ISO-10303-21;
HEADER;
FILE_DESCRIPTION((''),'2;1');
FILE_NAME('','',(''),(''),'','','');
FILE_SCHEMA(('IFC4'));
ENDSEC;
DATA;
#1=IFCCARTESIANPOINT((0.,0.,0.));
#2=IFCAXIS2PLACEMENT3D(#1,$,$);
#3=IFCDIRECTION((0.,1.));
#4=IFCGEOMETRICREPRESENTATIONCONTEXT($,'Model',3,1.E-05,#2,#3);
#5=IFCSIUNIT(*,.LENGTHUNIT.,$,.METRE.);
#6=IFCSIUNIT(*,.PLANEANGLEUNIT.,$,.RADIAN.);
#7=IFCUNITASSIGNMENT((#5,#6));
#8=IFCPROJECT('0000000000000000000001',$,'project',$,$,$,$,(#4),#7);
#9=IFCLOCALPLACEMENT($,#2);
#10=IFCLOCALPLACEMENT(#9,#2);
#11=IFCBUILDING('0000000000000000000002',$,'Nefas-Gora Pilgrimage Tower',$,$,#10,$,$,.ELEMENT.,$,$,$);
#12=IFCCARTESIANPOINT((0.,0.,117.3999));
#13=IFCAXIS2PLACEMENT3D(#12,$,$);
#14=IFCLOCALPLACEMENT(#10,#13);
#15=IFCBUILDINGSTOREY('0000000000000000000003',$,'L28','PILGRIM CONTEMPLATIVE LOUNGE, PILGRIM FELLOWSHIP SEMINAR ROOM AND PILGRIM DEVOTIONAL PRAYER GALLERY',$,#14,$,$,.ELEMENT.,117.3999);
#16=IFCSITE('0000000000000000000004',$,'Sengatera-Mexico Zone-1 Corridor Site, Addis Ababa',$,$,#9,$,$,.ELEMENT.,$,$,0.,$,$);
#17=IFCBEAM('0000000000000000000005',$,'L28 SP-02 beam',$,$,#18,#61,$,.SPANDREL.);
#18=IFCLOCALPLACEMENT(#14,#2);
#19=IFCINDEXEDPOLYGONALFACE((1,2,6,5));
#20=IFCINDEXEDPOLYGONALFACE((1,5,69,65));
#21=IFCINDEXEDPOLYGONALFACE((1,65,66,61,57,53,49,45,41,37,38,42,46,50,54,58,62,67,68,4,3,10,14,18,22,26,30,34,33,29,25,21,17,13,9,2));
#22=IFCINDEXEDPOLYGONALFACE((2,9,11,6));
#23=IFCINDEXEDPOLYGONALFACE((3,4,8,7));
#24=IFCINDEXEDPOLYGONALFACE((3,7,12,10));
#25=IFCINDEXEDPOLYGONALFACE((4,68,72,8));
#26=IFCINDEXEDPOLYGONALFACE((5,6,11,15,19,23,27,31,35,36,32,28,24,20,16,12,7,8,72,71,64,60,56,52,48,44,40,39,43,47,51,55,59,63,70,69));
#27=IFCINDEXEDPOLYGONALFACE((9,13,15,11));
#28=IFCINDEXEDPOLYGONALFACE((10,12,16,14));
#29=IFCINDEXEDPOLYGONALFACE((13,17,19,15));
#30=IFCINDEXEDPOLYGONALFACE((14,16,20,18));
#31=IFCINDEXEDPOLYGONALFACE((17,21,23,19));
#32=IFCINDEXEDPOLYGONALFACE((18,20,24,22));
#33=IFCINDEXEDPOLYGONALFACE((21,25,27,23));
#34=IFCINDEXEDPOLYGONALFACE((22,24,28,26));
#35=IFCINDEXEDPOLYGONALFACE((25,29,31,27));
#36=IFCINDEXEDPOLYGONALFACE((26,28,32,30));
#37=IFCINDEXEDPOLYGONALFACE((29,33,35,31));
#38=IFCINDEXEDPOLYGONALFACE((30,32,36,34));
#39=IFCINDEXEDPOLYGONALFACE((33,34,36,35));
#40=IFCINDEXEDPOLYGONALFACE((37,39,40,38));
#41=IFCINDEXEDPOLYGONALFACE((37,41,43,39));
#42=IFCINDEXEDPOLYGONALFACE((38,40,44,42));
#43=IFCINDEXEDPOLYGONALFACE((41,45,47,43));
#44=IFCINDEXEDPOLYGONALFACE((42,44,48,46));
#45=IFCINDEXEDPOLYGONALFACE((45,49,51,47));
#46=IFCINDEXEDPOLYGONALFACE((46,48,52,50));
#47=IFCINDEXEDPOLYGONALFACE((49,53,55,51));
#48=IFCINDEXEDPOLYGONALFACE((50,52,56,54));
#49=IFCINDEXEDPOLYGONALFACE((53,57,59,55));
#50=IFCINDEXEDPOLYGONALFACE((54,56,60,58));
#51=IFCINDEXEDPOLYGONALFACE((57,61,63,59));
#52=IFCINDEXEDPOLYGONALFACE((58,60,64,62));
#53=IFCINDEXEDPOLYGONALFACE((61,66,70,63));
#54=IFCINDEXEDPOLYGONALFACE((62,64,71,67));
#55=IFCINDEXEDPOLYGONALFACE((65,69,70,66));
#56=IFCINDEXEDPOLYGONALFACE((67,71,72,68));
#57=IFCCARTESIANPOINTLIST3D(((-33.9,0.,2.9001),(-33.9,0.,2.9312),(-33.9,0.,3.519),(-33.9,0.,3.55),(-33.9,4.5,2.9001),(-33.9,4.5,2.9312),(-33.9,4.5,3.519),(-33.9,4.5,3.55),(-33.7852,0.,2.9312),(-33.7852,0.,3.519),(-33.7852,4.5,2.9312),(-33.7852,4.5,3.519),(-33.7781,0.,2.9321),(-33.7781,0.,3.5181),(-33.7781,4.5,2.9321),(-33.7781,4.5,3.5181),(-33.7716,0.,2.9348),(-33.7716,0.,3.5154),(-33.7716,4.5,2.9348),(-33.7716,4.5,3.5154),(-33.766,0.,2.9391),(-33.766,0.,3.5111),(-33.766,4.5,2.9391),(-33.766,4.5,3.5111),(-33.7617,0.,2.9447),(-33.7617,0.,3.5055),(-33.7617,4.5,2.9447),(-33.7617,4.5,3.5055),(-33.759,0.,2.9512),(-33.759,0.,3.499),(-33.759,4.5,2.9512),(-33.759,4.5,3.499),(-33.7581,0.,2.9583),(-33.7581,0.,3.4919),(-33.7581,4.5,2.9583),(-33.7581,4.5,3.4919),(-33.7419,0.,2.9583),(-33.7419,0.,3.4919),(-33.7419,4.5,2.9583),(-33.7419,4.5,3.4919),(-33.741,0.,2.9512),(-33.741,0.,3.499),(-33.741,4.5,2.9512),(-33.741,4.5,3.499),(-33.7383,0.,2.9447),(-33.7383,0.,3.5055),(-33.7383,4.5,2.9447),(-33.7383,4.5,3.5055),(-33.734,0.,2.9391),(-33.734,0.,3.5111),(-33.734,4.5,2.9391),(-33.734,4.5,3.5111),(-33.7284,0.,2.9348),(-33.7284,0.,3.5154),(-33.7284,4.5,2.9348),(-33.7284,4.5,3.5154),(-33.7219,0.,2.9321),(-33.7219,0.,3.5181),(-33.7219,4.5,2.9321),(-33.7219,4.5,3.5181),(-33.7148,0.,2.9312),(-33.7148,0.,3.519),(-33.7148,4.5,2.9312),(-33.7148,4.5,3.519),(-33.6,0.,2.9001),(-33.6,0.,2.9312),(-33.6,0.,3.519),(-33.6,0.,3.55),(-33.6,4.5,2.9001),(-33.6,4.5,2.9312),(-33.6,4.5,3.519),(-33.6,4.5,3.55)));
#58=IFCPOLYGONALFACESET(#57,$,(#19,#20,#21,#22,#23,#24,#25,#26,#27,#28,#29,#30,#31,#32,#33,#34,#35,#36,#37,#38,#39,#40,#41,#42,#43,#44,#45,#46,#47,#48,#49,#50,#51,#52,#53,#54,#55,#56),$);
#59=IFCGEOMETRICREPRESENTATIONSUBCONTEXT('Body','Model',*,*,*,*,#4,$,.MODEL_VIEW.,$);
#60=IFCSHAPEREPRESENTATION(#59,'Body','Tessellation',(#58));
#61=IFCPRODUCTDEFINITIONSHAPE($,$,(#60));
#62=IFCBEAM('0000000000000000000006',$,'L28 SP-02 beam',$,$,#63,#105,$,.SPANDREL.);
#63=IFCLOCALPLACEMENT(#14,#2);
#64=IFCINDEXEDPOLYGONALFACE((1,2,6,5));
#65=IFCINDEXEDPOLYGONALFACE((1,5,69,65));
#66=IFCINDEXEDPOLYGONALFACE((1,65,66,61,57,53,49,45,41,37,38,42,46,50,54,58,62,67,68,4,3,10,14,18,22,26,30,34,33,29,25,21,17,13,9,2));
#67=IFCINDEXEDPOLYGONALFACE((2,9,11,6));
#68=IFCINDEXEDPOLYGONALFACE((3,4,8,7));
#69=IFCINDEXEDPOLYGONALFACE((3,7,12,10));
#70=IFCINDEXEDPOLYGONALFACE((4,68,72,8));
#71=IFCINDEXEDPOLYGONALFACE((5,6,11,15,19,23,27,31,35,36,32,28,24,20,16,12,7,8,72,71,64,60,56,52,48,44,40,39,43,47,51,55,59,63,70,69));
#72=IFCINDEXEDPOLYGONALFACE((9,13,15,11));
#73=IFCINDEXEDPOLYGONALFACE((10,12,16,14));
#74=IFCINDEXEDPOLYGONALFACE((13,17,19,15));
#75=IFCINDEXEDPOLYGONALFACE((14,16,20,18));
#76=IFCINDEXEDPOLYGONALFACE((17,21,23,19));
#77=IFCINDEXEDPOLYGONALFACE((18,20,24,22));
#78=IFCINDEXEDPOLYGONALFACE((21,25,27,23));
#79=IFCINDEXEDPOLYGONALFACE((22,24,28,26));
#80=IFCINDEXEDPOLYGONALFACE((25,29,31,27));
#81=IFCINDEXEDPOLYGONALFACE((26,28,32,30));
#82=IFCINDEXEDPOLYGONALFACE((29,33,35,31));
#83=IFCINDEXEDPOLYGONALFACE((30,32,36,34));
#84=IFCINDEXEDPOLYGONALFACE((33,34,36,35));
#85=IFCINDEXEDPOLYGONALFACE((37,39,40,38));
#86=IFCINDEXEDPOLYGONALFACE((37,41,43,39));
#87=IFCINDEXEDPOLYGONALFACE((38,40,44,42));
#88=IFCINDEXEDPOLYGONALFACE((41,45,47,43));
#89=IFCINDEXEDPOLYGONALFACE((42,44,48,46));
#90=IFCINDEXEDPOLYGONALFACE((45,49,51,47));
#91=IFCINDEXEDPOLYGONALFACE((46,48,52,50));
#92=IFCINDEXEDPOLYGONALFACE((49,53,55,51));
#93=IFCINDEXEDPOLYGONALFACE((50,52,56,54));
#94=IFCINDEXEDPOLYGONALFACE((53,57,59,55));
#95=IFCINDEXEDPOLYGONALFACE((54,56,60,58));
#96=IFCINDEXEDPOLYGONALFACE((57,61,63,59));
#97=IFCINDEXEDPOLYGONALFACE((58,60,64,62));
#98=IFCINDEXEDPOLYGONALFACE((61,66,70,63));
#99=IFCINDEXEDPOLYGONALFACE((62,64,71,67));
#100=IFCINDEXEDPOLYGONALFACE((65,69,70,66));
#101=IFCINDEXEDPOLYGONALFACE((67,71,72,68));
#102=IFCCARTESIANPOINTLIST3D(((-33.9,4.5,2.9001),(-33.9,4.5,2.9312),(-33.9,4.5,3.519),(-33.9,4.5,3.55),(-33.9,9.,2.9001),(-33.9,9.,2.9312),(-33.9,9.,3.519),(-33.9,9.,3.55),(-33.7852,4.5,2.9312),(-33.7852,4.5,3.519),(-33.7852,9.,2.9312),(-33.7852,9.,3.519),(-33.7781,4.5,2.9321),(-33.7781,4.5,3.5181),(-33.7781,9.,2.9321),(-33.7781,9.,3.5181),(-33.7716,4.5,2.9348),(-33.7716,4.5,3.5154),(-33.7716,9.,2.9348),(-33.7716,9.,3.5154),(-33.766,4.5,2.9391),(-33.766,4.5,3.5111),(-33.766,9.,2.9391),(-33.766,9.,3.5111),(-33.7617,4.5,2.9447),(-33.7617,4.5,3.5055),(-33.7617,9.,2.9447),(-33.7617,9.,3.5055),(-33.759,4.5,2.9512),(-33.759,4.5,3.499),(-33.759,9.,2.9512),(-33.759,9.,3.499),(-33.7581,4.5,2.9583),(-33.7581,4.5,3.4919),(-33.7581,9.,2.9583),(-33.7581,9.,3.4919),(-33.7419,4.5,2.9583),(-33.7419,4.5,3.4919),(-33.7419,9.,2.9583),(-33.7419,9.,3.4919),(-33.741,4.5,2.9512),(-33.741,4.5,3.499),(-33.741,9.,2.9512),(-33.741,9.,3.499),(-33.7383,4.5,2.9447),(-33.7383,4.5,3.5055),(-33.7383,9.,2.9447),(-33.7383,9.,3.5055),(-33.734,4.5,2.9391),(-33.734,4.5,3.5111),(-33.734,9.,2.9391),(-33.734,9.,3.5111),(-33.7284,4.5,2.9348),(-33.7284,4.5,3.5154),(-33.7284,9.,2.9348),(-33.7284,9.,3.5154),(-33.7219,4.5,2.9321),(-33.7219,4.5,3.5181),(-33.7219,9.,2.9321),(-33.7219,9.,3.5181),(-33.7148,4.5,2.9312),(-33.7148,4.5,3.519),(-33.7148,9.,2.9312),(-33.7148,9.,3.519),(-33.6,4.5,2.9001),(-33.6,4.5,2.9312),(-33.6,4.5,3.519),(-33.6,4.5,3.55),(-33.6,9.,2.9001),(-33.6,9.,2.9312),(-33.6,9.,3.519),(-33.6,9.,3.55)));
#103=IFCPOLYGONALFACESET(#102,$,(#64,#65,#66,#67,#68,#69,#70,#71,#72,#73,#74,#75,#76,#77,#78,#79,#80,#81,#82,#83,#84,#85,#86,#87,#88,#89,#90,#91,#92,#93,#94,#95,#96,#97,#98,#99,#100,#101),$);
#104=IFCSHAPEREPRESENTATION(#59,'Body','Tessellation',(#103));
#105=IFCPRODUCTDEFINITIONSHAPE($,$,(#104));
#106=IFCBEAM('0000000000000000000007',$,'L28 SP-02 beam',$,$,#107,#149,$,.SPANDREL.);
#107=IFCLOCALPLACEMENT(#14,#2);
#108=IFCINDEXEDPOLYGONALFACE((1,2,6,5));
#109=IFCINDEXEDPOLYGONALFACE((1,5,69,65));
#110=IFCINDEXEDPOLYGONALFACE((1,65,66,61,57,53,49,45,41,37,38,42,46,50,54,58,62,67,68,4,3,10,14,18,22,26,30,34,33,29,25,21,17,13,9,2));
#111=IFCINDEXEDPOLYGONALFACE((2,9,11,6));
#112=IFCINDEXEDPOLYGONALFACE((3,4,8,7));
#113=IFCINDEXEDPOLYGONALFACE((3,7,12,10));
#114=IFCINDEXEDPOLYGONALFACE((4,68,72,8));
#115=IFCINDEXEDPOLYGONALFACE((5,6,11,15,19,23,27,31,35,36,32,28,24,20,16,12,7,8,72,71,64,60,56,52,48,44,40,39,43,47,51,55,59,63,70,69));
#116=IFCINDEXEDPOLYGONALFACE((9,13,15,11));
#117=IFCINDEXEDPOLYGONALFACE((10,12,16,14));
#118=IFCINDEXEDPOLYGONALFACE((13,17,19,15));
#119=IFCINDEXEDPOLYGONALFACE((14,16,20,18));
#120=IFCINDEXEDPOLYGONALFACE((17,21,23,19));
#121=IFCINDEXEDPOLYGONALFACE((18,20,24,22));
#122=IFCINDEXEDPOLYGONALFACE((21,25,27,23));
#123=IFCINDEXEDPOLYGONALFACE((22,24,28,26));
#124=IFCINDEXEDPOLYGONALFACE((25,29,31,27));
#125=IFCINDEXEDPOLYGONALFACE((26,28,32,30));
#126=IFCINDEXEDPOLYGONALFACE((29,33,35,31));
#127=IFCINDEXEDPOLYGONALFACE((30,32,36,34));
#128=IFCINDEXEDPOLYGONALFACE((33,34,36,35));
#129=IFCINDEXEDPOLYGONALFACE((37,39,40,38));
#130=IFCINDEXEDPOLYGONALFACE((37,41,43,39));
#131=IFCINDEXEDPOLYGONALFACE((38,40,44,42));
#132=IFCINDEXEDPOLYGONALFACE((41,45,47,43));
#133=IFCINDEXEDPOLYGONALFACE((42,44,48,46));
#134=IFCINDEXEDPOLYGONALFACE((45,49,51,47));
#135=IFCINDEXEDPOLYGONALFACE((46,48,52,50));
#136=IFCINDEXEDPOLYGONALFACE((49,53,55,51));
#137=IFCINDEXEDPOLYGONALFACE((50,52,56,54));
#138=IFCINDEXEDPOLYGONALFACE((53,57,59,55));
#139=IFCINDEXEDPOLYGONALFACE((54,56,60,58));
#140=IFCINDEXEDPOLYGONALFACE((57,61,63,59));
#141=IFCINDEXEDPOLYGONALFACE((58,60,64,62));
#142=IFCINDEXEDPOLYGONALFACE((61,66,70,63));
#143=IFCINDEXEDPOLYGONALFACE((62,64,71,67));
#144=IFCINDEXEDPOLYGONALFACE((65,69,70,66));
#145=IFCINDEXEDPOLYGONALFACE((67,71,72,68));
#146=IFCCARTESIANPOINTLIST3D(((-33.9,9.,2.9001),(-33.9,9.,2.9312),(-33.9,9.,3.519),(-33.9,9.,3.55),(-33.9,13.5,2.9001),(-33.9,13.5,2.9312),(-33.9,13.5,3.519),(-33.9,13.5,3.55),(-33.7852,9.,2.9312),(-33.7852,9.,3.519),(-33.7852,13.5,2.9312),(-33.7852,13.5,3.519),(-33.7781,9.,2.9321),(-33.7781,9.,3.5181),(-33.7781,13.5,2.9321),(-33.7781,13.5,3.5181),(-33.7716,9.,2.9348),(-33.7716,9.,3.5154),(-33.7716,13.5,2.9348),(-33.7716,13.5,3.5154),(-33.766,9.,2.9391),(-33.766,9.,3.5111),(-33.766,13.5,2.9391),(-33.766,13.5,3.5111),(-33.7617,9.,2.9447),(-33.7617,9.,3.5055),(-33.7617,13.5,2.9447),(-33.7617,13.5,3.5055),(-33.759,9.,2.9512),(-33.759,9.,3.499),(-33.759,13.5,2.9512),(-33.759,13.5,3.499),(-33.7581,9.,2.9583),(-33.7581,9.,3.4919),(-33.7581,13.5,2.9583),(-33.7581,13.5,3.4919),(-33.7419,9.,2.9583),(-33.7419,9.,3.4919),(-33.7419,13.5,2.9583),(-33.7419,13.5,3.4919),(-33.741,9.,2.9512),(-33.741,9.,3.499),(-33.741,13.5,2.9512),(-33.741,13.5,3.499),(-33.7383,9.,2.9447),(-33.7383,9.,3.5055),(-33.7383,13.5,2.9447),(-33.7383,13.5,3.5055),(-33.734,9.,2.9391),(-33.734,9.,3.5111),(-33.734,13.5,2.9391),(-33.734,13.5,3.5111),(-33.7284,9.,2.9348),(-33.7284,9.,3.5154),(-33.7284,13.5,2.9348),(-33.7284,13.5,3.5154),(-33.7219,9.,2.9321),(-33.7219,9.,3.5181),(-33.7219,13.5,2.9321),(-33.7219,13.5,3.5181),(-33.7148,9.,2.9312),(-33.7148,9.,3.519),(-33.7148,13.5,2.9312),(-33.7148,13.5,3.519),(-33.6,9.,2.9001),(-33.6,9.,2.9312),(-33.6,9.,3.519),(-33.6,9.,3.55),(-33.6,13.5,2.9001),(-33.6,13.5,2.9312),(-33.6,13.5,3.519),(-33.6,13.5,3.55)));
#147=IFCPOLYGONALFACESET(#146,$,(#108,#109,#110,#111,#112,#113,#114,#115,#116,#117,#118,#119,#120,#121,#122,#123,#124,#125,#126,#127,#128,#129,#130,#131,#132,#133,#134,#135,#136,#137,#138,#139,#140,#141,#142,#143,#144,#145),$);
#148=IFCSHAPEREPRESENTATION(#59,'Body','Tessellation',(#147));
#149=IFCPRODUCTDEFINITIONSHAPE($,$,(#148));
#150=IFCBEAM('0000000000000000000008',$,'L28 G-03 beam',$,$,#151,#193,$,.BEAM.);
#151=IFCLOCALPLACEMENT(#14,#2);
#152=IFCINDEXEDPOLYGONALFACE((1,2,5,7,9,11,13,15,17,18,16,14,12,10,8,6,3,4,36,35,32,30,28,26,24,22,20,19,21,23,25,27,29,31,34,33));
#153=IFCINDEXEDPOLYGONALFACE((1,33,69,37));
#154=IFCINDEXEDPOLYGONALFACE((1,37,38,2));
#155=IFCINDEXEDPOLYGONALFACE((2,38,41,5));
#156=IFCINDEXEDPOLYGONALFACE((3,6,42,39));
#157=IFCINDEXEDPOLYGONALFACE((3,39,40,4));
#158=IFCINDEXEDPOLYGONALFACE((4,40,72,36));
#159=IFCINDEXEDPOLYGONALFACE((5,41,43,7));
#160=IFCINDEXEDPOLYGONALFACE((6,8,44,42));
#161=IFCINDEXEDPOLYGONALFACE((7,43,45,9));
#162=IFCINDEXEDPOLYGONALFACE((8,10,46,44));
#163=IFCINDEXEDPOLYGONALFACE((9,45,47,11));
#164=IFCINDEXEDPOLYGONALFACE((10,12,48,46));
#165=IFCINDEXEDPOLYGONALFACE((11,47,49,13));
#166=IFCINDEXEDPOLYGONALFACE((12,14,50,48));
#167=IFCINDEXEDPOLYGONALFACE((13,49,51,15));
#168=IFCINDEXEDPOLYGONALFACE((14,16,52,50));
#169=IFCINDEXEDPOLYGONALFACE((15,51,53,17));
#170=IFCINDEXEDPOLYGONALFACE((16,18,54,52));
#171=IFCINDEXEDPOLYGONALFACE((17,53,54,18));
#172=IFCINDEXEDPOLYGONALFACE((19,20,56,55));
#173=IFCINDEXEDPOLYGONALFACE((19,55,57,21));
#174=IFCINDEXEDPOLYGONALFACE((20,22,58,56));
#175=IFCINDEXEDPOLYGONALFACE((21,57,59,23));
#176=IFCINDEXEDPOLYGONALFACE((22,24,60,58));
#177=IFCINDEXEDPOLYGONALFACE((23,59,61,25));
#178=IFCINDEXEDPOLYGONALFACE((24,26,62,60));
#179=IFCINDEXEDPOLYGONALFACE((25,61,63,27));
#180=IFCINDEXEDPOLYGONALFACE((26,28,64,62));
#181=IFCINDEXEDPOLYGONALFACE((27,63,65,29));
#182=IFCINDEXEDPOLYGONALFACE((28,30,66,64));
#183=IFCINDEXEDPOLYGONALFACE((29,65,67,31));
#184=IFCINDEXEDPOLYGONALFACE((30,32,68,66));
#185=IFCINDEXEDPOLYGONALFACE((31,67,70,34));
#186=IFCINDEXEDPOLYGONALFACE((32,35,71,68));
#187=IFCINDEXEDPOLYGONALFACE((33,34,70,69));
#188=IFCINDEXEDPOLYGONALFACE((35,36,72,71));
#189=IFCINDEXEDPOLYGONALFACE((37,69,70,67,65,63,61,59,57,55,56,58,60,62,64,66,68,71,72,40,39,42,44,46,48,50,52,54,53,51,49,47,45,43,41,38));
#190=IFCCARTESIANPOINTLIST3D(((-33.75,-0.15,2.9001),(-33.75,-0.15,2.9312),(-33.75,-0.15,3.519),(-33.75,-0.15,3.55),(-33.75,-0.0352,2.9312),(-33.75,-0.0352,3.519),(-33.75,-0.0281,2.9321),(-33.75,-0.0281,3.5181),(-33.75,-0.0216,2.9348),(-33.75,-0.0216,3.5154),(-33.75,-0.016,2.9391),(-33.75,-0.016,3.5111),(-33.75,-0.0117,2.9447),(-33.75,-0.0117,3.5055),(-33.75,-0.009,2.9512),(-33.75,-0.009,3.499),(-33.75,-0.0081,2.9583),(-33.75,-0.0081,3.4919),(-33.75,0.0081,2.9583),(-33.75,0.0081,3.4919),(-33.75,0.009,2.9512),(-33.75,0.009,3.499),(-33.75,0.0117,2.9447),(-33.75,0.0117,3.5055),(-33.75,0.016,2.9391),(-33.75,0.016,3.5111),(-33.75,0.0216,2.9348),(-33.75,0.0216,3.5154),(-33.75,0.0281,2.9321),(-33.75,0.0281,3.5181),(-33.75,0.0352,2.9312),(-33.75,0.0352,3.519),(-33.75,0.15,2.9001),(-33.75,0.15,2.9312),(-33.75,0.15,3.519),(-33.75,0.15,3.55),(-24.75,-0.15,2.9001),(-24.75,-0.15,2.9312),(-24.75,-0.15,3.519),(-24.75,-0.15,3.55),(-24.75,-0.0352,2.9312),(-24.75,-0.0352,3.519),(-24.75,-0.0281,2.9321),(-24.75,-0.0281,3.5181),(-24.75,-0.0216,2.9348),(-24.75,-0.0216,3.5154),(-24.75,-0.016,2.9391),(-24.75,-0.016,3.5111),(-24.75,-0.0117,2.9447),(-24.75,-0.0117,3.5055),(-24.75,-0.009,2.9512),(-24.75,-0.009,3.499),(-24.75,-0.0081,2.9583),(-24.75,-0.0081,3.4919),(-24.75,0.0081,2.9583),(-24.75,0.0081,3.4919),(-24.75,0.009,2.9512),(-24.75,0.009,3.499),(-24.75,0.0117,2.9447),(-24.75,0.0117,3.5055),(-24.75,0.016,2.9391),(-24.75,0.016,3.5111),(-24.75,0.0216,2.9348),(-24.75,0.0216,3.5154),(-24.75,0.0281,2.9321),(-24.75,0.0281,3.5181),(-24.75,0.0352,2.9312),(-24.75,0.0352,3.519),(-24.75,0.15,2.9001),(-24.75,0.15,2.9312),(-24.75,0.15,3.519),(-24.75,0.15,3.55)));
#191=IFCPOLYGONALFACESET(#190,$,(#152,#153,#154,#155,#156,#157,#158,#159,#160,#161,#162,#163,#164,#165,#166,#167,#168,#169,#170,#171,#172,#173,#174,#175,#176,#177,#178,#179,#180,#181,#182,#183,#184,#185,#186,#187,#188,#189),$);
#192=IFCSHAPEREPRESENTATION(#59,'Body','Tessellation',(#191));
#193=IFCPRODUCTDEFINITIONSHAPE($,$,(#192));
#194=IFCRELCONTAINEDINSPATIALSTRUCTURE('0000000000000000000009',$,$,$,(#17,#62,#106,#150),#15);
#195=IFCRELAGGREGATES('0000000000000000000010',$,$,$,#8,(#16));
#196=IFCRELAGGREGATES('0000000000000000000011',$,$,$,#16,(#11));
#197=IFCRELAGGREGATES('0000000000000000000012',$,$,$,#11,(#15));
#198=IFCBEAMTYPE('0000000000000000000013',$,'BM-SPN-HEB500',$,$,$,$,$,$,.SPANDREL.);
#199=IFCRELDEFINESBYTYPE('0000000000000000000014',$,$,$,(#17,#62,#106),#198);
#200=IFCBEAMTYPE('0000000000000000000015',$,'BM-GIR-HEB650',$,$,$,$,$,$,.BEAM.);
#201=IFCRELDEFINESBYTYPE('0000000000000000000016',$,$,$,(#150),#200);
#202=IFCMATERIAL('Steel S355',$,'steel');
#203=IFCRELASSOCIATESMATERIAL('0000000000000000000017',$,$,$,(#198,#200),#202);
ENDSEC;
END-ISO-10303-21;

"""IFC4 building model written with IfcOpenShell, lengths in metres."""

from ifc_helpers import new_model, si_unit, direction, frame, origin, origin_2d, place, context, subcontext, project, spatial, i_section, extrude, source, transform, mapped, material, material_profile, profile_set, type_object, element, save


model = new_model("IFC4")

# Units and contexts
model_context = context("Model", 3, precision=1e-05, world=origin(), true_north=direction((0.0, 1.0)))
body_context = subcontext(model_context, "Body", "Model", "MODEL_VIEW")
ifc_project = project(units=[si_unit("LENGTHUNIT", "METRE"), si_unit("PLANEANGLEUNIT", "RADIAN")], contexts=[model_context])

# Site, building, storey
site_placement = place(None, origin())
site = spatial("IfcSite", under=ifc_project, at=site_placement, Name="Sengatera-Mexico Zone-1 Corridor Site, Addis Ababa", CompositionType="ELEMENT", RefElevation=0.0)
building_placement = place(site_placement, origin())
building = spatial("IfcBuilding", under=site, at=building_placement, Name="Nefas-Gora Pilgrimage Tower", CompositionType="ELEMENT")
storey_placement = place(building_placement, frame((0.0, 0.0, 117.3999)))
storey = spatial("IfcBuildingStorey", under=building, at=storey_placement, Name="L28", Description="PILGRIM CONTEMPLATIVE LOUNGE, PILGRIM FELLOWSHIP SEMINAR ROOM AND PILGRIM DEVOTIONAL PRAYER GALLERY", CompositionType="ELEMENT", Elevation=117.3999)

# Beams
ifc_material_1 = material(Name="Steel S355", Category="steel")
ifc_material_profile_1 = material_profile(ifc_material_1, i_section(OverallWidth=0.3, OverallDepth=0.6499, WebThickness=0.0161, FlangeThickness=0.031, FilletRadius=0.0271, at=origin_2d()), Name="HEB 650")
ifc_profile_set_1 = profile_set([ifc_material_profile_1], Name="Steel S355")
beam_type_1 = type_object("IfcBeamType", Name="BM-SPN-HEB500", PredefinedType="SPANDREL", material=ifc_profile_set_1)
shared_shape_1 = source(origin(), body_context, "Body", "SweptSolid", [
    extrude(i_section(OverallWidth=0.3, OverallDepth=0.6499, WebThickness=0.0161, FlangeThickness=0.031, FilletRadius=0.0271, at=origin_2d()), origin(), (0.0, 0.0, 1.0), 4.5),
])
for number, where, z_axis, x_axis, name in (
    (1, (-33.75, 0.0, 3.2251), (0.0, 1.0, 0.0), (-1.0, 0.0, 0.0), "L28 SP-02 beam"),
    (2, (-33.75, 4.5, 3.2251), (0.0, 1.0, 0.0), (-1.0, 0.0, 0.0), "L28 SP-02 beam"),
    (3, (-33.75, 9.0, 3.2251), (0.0, 1.0, 0.0), (-1.0, 0.0, 0.0), "L28 SP-02 beam"),
):
    element("IfcBeam", number, at=place(storey_placement, frame(where, z_axis=z_axis, x_axis=x_axis)), inside=storey, type_object=beam_type_1, Name=name, PredefinedType="SPANDREL", context=body_context, shape_type="MappedRepresentation", body=[
        mapped(shared_shape_1, transform((0.0, 0.0, 0.0), x_axis=(1.0, 0.0, 0.0), y_axis=(0.0, 1.0, 0.0), z_axis=(0.0, 0.0, 1.0), scale=1.0)),
    ])
ifc_material_profile_2 = material_profile(ifc_material_1, i_section(OverallWidth=0.3, OverallDepth=0.6499, WebThickness=0.0161, FlangeThickness=0.031, FilletRadius=0.0271, at=origin_2d()), Name="HEB 650")
ifc_profile_set_2 = profile_set([ifc_material_profile_2], Name="Steel S355")
beam_type_2 = type_object("IfcBeamType", Name="BM-GIR-HEB650", PredefinedType="BEAM", material=ifc_profile_set_2)
shared_shape_2 = source(origin(), body_context, "Body", "SweptSolid", [
    extrude(i_section(OverallWidth=0.3, OverallDepth=0.6499, WebThickness=0.0161, FlangeThickness=0.031, FilletRadius=0.0271, at=origin_2d()), origin(), (0.0, 0.0, 1.0), 9.0),
])
for number, where, z_axis, x_axis, name in (
    (4, (-33.75, 0.0, 3.2251), (1.0, 0.0, 0.0), (0.0, 1.0, 0.0), "L28 G-03 beam"),
):
    element("IfcBeam", number, at=place(storey_placement, frame(where, z_axis=z_axis, x_axis=x_axis)), inside=storey, type_object=beam_type_2, Name=name, PredefinedType="BEAM", context=body_context, shape_type="MappedRepresentation", body=[
        mapped(shared_shape_2, transform((0.0, 0.0, 0.0), x_axis=(1.0, 0.0, 0.0), y_axis=(0.0, 1.0, 0.0), z_axis=(0.0, 0.0, 1.0), scale=1.0)),
    ])

save(model, "model.ifc")
